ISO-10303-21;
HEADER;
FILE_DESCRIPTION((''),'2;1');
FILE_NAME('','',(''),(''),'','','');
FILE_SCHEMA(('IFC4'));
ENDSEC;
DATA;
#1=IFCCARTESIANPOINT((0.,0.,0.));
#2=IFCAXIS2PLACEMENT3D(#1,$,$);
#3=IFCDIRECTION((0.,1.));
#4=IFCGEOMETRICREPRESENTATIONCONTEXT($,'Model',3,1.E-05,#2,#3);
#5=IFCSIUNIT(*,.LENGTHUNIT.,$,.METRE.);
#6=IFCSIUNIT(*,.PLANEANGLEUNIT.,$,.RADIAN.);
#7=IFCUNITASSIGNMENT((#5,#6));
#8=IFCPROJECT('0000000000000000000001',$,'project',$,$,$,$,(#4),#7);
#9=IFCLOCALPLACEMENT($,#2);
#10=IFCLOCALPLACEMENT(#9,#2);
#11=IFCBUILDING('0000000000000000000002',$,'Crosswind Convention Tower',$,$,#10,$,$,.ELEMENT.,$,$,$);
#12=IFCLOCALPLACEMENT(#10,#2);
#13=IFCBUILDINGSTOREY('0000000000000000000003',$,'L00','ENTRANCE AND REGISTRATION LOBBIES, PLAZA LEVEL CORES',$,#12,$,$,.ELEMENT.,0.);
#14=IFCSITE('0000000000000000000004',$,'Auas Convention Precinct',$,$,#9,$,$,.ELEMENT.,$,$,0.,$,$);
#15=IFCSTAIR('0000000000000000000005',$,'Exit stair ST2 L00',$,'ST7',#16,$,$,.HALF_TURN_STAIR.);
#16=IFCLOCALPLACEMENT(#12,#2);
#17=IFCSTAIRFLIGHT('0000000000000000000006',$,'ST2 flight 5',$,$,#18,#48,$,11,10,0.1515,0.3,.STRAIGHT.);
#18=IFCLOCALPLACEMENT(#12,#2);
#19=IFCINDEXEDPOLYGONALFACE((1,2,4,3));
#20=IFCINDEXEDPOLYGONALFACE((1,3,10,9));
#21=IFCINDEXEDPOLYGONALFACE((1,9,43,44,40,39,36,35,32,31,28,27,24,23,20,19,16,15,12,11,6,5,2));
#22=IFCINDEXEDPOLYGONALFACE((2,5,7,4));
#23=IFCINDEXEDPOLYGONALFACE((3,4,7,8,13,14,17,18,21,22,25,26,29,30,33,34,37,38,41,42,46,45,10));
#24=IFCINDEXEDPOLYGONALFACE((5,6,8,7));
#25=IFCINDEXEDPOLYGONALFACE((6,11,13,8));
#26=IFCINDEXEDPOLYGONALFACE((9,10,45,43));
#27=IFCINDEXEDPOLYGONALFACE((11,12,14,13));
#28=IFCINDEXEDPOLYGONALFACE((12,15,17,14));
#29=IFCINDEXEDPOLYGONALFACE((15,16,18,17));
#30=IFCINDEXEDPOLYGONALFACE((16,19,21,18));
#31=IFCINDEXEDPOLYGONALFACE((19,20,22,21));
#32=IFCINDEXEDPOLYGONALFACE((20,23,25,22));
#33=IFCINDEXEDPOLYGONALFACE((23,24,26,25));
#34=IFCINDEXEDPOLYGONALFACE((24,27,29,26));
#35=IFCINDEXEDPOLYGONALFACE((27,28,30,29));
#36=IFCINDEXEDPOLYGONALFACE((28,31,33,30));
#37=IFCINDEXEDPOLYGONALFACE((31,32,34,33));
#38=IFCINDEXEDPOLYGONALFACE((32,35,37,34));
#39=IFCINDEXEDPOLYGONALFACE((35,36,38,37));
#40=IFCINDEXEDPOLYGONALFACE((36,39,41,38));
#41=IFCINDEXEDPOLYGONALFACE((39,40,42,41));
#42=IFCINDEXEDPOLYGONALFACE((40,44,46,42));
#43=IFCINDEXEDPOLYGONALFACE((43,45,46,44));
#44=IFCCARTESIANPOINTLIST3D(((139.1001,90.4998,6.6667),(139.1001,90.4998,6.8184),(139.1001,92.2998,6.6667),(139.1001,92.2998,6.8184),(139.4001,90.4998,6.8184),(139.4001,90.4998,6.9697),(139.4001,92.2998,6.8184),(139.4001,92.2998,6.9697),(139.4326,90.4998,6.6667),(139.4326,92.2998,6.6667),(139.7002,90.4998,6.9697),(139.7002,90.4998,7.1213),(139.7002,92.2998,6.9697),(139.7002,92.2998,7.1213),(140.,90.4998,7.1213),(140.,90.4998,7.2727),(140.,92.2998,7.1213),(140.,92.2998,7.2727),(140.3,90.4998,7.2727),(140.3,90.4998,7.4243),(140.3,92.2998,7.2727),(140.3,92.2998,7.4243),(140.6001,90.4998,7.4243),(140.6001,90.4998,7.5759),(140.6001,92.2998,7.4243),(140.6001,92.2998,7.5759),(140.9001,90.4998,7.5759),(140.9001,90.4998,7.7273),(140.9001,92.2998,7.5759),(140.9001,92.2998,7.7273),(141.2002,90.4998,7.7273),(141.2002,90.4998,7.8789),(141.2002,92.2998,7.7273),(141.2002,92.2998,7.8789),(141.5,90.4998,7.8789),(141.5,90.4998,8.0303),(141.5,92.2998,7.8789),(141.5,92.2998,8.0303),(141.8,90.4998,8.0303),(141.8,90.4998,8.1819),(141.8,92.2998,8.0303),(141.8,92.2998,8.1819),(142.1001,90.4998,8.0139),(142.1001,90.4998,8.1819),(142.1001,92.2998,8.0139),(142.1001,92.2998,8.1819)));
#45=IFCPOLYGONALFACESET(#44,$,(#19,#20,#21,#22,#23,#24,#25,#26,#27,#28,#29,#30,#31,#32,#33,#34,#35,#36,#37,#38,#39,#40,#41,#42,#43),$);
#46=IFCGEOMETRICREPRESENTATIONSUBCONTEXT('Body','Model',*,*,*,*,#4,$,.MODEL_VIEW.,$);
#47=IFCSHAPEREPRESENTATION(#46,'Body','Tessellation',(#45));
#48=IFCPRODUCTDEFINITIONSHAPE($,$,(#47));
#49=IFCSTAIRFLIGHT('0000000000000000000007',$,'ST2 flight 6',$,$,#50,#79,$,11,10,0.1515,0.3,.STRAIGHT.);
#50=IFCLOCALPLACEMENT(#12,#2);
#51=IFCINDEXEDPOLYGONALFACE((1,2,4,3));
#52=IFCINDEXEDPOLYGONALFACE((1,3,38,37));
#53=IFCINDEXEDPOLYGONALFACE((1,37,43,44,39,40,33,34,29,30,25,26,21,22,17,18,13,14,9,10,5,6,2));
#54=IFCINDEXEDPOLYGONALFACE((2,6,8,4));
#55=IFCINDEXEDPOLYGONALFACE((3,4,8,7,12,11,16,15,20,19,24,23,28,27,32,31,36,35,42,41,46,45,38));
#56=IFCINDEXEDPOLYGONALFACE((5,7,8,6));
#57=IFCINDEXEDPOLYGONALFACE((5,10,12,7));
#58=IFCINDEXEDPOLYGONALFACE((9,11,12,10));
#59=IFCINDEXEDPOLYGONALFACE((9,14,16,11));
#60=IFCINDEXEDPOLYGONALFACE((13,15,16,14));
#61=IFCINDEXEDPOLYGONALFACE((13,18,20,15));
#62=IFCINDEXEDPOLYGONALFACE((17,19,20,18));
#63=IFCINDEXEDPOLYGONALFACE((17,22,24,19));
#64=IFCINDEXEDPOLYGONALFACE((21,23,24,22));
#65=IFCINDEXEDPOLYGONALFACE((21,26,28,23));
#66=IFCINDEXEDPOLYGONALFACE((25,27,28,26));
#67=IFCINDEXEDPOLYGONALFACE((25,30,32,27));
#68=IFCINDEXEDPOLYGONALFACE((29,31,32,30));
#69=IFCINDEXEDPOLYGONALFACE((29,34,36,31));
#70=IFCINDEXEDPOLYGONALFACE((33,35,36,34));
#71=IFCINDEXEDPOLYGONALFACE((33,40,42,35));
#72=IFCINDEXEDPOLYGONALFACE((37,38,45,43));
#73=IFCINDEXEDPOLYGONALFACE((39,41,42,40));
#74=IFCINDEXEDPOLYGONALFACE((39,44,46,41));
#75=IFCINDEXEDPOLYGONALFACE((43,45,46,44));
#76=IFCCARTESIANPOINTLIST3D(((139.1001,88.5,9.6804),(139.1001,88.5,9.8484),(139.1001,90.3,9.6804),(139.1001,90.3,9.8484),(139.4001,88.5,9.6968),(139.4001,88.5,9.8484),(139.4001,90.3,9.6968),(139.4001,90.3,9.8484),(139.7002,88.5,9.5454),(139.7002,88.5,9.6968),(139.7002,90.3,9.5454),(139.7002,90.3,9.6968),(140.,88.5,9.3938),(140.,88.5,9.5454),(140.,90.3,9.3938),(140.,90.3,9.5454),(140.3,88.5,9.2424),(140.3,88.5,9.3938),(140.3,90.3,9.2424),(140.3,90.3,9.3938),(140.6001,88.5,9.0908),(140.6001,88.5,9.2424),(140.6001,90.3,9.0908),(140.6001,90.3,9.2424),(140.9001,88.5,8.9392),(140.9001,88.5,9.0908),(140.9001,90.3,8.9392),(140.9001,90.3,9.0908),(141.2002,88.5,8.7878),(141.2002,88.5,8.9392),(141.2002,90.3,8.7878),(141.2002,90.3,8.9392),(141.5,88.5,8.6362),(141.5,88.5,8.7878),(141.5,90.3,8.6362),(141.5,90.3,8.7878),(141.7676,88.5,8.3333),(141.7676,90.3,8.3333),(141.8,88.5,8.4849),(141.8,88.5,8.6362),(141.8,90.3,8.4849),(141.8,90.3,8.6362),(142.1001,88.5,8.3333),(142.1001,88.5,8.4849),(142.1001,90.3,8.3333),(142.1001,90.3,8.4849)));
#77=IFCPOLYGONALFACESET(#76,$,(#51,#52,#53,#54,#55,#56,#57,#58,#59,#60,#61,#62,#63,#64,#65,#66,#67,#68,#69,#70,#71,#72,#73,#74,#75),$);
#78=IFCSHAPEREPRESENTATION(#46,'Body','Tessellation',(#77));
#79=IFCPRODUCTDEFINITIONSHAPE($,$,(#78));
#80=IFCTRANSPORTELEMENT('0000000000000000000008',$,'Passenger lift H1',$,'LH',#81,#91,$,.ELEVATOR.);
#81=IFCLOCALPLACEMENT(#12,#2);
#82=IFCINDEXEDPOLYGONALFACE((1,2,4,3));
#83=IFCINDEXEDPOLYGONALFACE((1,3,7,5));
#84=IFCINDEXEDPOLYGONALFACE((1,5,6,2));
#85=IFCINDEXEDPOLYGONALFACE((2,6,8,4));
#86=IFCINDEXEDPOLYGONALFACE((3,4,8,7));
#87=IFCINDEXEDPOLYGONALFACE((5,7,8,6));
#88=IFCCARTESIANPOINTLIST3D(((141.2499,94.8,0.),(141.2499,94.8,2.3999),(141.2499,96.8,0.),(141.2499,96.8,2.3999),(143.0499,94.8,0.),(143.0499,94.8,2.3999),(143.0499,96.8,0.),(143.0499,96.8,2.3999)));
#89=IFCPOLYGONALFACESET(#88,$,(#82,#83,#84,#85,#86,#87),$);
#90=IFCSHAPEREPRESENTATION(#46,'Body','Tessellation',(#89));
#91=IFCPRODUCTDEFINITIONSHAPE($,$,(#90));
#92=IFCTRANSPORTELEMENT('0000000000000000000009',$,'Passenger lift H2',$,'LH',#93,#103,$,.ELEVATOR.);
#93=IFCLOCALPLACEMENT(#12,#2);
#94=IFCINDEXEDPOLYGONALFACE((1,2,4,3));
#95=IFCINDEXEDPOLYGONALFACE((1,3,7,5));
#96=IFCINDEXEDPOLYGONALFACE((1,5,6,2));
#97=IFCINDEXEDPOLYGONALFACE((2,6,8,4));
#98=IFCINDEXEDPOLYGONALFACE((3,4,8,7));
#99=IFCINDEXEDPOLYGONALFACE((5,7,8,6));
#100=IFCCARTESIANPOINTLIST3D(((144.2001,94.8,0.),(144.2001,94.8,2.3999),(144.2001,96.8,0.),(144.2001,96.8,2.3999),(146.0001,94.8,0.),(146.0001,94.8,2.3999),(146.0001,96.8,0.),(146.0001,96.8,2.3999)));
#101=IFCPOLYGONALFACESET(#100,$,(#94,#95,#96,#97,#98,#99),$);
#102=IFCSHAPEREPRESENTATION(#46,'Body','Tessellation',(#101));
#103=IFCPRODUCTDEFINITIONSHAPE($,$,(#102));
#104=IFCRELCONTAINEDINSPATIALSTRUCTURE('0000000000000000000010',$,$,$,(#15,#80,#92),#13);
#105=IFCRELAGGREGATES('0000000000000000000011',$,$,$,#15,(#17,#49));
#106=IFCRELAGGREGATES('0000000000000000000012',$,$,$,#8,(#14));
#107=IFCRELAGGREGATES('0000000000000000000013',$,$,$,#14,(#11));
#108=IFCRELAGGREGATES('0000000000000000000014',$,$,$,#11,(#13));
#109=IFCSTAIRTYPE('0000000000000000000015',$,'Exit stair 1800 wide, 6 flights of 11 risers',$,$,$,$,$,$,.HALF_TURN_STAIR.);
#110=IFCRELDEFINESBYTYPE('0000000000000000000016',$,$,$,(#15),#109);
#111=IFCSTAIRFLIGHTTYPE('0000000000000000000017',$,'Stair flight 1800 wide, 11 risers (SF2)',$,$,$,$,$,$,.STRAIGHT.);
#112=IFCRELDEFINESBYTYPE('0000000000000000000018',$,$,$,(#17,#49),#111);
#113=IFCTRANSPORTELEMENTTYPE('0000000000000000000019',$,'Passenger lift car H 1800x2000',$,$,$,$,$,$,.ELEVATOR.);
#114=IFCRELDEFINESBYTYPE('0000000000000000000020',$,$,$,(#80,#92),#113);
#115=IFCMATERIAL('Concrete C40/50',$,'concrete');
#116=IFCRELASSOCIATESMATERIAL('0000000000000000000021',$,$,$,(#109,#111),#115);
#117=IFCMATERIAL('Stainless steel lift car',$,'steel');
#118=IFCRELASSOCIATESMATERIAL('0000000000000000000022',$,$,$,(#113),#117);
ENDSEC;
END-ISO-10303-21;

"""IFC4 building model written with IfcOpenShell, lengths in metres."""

from ifc_helpers import new_model, si_unit, direction, frame, origin, origin_2d, place, context, subcontext, project, spatial, polyline, rectangle, outline, extrude, material, type_object, element, aggregate, save


model = new_model("IFC4")

# Units and contexts
model_context = context("Model", 3, precision=1e-05, world=origin(), true_north=direction((0.0, 1.0)))
body_context = subcontext(model_context, "Body", "Model", "MODEL_VIEW")
ifc_project = project(units=[si_unit("LENGTHUNIT", "METRE"), si_unit("PLANEANGLEUNIT", "RADIAN")], contexts=[model_context])

# Site, building, storey
site_placement = place(None, origin())
site = spatial("IfcSite", under=ifc_project, at=site_placement, Name="Auas Convention Precinct", CompositionType="ELEMENT", RefElevation=0.0)
building_placement = place(site_placement, origin())
building = spatial("IfcBuilding", under=site, at=building_placement, Name="Crosswind Convention Tower", CompositionType="ELEMENT")
storey_placement = place(building_placement, origin())
storey = spatial("IfcBuildingStorey", under=building, at=storey_placement, Name="L00", Description="ENTRANCE AND REGISTRATION LOBBIES, PLAZA LEVEL CORES", CompositionType="ELEMENT", Elevation=0.0)

# Shared definitions
ifc_material_1 = material(Name="Concrete C40/50", Category="concrete")

# Stair, stair flights
stair_type = type_object("IfcStairType", Name="Exit stair 1800 wide, 6 flights of 11 risers", PredefinedType="HALF_TURN_STAIR", material=ifc_material_1)
stair_placement = place(storey_placement, origin())
stair = element("IfcStair", 1, at=stair_placement, inside=storey, type_object=stair_type, Name="Exit stair ST2 L00", ObjectType="ST7", PredefinedType="HALF_TURN_STAIR")
stair_flight_type = type_object("IfcStairFlightType", Name="Stair flight 1800 wide, 11 risers (SF2)", PredefinedType="STRAIGHT", material=ifc_material_1)
stair_flight_1_placement = place(storey_placement, frame((139.1001, 91.3999, 6.6667), z_axis=(0.0, 0.0, 1.0), x_axis=(1.0, 0.0, 0.0)))
stair_flight_1 = element("IfcStairFlight", 2, at=stair_flight_1_placement, type_object=stair_flight_type, Name="ST2 flight 5", NumberOfRisers=11, NumberOfTreads=10, PredefinedType="STRAIGHT", RiserHeight=0.1515, TreadLength=0.3, context=body_context, shape_type="SweptSolid", body=[
    extrude(outline(polyline([(0.0, 0.0), (0.0, 0.1516), (0.3, 0.1516), (0.3, 0.303), (0.6001, 0.303), (0.6001, 0.4546), (0.8999, 0.4546), (0.8999, 0.606), (1.2, 0.606), (1.2, 0.7576), (1.5, 0.7576), (1.5, 0.9092), (1.8, 0.9092), (1.8, 1.0605), (2.1001, 1.0605), (2.1001, 1.2122), (2.3999, 1.2122), (2.3999, 1.3635), (2.7, 1.3635), (2.7, 1.5151), (3.0, 1.5151), (3.0, 1.6667), (3.0, 1.3472), (0.3325, 0.0), (0.0, 0.0)])), frame((0.0, 0.8999, 0.0), z_axis=(0.0, -1.0, 0.0), x_axis=(1.0, 0.0, 0.0)), (0.0, 0.0, 1.0), 1.8),
])
stair_flight_2_placement = place(storey_placement, frame((142.1001, 89.3999, 8.3333), z_axis=(0.0, 0.0, 1.0), x_axis=(-1.0, 0.0, 0.0)))
stair_flight_2 = element("IfcStairFlight", 3, at=stair_flight_2_placement, type_object=stair_flight_type, Name="ST2 flight 6", NumberOfRisers=11, NumberOfTreads=10, PredefinedType="STRAIGHT", RiserHeight=0.1515, TreadLength=0.3, context=body_context, shape_type="SweptSolid", body=[
    extrude(outline(polyline([(0.0, 0.0), (0.0, 0.1516), (0.3, 0.1516), (0.3, 0.303), (0.6001, 0.303), (0.6001, 0.4546), (0.8999, 0.4546), (0.8999, 0.606), (1.2, 0.606), (1.2, 0.7576), (1.5, 0.7576), (1.5, 0.9092), (1.8, 0.9092), (1.8, 1.0605), (2.1001, 1.0605), (2.1001, 1.2122), (2.3999, 1.2122), (2.3999, 1.3635), (2.7, 1.3635), (2.7, 1.5151), (3.0, 1.5151), (3.0, 1.6667), (3.0, 1.3472), (0.3325, 0.0), (0.0, 0.0)])), frame((0.0, 0.8999, 0.0), z_axis=(0.0, -1.0, 0.0), x_axis=(1.0, 0.0, 0.0)), (0.0, 0.0, 1.0), 1.8),
])
aggregate(stair, [stair_flight_1, stair_flight_2])

# Transport elements
ifc_material_2 = material(Name="Stainless steel lift car", Category="steel")
transport_element_type = type_object("IfcTransportElementType", Name="Passenger lift car H 1800x2000", PredefinedType="ELEVATOR", material=ifc_material_2)
for number, where, z_axis, x_axis, name in (
    (4, (142.1499, 95.8, 0.0), (0.0, 0.0, 1.0), (1.0, 0.0, 0.0), "Passenger lift H1"),
    (5, (145.1001, 95.8, 0.0), (0.0, 0.0, 1.0), (1.0, 0.0, 0.0), "Passenger lift H2"),
):
    element("IfcTransportElement", number, at=place(storey_placement, frame(where, z_axis=z_axis, x_axis=x_axis)), inside=storey, type_object=transport_element_type, Name=name, ObjectType="LH", PredefinedType="ELEVATOR", context=body_context, shape_type="SweptSolid", body=[
        extrude(rectangle(XDim=1.8, YDim=2.0, at=origin_2d()), origin(), (0.0, 0.0, 1.0), 2.3999),
    ])

save(model, "model.ifc")
